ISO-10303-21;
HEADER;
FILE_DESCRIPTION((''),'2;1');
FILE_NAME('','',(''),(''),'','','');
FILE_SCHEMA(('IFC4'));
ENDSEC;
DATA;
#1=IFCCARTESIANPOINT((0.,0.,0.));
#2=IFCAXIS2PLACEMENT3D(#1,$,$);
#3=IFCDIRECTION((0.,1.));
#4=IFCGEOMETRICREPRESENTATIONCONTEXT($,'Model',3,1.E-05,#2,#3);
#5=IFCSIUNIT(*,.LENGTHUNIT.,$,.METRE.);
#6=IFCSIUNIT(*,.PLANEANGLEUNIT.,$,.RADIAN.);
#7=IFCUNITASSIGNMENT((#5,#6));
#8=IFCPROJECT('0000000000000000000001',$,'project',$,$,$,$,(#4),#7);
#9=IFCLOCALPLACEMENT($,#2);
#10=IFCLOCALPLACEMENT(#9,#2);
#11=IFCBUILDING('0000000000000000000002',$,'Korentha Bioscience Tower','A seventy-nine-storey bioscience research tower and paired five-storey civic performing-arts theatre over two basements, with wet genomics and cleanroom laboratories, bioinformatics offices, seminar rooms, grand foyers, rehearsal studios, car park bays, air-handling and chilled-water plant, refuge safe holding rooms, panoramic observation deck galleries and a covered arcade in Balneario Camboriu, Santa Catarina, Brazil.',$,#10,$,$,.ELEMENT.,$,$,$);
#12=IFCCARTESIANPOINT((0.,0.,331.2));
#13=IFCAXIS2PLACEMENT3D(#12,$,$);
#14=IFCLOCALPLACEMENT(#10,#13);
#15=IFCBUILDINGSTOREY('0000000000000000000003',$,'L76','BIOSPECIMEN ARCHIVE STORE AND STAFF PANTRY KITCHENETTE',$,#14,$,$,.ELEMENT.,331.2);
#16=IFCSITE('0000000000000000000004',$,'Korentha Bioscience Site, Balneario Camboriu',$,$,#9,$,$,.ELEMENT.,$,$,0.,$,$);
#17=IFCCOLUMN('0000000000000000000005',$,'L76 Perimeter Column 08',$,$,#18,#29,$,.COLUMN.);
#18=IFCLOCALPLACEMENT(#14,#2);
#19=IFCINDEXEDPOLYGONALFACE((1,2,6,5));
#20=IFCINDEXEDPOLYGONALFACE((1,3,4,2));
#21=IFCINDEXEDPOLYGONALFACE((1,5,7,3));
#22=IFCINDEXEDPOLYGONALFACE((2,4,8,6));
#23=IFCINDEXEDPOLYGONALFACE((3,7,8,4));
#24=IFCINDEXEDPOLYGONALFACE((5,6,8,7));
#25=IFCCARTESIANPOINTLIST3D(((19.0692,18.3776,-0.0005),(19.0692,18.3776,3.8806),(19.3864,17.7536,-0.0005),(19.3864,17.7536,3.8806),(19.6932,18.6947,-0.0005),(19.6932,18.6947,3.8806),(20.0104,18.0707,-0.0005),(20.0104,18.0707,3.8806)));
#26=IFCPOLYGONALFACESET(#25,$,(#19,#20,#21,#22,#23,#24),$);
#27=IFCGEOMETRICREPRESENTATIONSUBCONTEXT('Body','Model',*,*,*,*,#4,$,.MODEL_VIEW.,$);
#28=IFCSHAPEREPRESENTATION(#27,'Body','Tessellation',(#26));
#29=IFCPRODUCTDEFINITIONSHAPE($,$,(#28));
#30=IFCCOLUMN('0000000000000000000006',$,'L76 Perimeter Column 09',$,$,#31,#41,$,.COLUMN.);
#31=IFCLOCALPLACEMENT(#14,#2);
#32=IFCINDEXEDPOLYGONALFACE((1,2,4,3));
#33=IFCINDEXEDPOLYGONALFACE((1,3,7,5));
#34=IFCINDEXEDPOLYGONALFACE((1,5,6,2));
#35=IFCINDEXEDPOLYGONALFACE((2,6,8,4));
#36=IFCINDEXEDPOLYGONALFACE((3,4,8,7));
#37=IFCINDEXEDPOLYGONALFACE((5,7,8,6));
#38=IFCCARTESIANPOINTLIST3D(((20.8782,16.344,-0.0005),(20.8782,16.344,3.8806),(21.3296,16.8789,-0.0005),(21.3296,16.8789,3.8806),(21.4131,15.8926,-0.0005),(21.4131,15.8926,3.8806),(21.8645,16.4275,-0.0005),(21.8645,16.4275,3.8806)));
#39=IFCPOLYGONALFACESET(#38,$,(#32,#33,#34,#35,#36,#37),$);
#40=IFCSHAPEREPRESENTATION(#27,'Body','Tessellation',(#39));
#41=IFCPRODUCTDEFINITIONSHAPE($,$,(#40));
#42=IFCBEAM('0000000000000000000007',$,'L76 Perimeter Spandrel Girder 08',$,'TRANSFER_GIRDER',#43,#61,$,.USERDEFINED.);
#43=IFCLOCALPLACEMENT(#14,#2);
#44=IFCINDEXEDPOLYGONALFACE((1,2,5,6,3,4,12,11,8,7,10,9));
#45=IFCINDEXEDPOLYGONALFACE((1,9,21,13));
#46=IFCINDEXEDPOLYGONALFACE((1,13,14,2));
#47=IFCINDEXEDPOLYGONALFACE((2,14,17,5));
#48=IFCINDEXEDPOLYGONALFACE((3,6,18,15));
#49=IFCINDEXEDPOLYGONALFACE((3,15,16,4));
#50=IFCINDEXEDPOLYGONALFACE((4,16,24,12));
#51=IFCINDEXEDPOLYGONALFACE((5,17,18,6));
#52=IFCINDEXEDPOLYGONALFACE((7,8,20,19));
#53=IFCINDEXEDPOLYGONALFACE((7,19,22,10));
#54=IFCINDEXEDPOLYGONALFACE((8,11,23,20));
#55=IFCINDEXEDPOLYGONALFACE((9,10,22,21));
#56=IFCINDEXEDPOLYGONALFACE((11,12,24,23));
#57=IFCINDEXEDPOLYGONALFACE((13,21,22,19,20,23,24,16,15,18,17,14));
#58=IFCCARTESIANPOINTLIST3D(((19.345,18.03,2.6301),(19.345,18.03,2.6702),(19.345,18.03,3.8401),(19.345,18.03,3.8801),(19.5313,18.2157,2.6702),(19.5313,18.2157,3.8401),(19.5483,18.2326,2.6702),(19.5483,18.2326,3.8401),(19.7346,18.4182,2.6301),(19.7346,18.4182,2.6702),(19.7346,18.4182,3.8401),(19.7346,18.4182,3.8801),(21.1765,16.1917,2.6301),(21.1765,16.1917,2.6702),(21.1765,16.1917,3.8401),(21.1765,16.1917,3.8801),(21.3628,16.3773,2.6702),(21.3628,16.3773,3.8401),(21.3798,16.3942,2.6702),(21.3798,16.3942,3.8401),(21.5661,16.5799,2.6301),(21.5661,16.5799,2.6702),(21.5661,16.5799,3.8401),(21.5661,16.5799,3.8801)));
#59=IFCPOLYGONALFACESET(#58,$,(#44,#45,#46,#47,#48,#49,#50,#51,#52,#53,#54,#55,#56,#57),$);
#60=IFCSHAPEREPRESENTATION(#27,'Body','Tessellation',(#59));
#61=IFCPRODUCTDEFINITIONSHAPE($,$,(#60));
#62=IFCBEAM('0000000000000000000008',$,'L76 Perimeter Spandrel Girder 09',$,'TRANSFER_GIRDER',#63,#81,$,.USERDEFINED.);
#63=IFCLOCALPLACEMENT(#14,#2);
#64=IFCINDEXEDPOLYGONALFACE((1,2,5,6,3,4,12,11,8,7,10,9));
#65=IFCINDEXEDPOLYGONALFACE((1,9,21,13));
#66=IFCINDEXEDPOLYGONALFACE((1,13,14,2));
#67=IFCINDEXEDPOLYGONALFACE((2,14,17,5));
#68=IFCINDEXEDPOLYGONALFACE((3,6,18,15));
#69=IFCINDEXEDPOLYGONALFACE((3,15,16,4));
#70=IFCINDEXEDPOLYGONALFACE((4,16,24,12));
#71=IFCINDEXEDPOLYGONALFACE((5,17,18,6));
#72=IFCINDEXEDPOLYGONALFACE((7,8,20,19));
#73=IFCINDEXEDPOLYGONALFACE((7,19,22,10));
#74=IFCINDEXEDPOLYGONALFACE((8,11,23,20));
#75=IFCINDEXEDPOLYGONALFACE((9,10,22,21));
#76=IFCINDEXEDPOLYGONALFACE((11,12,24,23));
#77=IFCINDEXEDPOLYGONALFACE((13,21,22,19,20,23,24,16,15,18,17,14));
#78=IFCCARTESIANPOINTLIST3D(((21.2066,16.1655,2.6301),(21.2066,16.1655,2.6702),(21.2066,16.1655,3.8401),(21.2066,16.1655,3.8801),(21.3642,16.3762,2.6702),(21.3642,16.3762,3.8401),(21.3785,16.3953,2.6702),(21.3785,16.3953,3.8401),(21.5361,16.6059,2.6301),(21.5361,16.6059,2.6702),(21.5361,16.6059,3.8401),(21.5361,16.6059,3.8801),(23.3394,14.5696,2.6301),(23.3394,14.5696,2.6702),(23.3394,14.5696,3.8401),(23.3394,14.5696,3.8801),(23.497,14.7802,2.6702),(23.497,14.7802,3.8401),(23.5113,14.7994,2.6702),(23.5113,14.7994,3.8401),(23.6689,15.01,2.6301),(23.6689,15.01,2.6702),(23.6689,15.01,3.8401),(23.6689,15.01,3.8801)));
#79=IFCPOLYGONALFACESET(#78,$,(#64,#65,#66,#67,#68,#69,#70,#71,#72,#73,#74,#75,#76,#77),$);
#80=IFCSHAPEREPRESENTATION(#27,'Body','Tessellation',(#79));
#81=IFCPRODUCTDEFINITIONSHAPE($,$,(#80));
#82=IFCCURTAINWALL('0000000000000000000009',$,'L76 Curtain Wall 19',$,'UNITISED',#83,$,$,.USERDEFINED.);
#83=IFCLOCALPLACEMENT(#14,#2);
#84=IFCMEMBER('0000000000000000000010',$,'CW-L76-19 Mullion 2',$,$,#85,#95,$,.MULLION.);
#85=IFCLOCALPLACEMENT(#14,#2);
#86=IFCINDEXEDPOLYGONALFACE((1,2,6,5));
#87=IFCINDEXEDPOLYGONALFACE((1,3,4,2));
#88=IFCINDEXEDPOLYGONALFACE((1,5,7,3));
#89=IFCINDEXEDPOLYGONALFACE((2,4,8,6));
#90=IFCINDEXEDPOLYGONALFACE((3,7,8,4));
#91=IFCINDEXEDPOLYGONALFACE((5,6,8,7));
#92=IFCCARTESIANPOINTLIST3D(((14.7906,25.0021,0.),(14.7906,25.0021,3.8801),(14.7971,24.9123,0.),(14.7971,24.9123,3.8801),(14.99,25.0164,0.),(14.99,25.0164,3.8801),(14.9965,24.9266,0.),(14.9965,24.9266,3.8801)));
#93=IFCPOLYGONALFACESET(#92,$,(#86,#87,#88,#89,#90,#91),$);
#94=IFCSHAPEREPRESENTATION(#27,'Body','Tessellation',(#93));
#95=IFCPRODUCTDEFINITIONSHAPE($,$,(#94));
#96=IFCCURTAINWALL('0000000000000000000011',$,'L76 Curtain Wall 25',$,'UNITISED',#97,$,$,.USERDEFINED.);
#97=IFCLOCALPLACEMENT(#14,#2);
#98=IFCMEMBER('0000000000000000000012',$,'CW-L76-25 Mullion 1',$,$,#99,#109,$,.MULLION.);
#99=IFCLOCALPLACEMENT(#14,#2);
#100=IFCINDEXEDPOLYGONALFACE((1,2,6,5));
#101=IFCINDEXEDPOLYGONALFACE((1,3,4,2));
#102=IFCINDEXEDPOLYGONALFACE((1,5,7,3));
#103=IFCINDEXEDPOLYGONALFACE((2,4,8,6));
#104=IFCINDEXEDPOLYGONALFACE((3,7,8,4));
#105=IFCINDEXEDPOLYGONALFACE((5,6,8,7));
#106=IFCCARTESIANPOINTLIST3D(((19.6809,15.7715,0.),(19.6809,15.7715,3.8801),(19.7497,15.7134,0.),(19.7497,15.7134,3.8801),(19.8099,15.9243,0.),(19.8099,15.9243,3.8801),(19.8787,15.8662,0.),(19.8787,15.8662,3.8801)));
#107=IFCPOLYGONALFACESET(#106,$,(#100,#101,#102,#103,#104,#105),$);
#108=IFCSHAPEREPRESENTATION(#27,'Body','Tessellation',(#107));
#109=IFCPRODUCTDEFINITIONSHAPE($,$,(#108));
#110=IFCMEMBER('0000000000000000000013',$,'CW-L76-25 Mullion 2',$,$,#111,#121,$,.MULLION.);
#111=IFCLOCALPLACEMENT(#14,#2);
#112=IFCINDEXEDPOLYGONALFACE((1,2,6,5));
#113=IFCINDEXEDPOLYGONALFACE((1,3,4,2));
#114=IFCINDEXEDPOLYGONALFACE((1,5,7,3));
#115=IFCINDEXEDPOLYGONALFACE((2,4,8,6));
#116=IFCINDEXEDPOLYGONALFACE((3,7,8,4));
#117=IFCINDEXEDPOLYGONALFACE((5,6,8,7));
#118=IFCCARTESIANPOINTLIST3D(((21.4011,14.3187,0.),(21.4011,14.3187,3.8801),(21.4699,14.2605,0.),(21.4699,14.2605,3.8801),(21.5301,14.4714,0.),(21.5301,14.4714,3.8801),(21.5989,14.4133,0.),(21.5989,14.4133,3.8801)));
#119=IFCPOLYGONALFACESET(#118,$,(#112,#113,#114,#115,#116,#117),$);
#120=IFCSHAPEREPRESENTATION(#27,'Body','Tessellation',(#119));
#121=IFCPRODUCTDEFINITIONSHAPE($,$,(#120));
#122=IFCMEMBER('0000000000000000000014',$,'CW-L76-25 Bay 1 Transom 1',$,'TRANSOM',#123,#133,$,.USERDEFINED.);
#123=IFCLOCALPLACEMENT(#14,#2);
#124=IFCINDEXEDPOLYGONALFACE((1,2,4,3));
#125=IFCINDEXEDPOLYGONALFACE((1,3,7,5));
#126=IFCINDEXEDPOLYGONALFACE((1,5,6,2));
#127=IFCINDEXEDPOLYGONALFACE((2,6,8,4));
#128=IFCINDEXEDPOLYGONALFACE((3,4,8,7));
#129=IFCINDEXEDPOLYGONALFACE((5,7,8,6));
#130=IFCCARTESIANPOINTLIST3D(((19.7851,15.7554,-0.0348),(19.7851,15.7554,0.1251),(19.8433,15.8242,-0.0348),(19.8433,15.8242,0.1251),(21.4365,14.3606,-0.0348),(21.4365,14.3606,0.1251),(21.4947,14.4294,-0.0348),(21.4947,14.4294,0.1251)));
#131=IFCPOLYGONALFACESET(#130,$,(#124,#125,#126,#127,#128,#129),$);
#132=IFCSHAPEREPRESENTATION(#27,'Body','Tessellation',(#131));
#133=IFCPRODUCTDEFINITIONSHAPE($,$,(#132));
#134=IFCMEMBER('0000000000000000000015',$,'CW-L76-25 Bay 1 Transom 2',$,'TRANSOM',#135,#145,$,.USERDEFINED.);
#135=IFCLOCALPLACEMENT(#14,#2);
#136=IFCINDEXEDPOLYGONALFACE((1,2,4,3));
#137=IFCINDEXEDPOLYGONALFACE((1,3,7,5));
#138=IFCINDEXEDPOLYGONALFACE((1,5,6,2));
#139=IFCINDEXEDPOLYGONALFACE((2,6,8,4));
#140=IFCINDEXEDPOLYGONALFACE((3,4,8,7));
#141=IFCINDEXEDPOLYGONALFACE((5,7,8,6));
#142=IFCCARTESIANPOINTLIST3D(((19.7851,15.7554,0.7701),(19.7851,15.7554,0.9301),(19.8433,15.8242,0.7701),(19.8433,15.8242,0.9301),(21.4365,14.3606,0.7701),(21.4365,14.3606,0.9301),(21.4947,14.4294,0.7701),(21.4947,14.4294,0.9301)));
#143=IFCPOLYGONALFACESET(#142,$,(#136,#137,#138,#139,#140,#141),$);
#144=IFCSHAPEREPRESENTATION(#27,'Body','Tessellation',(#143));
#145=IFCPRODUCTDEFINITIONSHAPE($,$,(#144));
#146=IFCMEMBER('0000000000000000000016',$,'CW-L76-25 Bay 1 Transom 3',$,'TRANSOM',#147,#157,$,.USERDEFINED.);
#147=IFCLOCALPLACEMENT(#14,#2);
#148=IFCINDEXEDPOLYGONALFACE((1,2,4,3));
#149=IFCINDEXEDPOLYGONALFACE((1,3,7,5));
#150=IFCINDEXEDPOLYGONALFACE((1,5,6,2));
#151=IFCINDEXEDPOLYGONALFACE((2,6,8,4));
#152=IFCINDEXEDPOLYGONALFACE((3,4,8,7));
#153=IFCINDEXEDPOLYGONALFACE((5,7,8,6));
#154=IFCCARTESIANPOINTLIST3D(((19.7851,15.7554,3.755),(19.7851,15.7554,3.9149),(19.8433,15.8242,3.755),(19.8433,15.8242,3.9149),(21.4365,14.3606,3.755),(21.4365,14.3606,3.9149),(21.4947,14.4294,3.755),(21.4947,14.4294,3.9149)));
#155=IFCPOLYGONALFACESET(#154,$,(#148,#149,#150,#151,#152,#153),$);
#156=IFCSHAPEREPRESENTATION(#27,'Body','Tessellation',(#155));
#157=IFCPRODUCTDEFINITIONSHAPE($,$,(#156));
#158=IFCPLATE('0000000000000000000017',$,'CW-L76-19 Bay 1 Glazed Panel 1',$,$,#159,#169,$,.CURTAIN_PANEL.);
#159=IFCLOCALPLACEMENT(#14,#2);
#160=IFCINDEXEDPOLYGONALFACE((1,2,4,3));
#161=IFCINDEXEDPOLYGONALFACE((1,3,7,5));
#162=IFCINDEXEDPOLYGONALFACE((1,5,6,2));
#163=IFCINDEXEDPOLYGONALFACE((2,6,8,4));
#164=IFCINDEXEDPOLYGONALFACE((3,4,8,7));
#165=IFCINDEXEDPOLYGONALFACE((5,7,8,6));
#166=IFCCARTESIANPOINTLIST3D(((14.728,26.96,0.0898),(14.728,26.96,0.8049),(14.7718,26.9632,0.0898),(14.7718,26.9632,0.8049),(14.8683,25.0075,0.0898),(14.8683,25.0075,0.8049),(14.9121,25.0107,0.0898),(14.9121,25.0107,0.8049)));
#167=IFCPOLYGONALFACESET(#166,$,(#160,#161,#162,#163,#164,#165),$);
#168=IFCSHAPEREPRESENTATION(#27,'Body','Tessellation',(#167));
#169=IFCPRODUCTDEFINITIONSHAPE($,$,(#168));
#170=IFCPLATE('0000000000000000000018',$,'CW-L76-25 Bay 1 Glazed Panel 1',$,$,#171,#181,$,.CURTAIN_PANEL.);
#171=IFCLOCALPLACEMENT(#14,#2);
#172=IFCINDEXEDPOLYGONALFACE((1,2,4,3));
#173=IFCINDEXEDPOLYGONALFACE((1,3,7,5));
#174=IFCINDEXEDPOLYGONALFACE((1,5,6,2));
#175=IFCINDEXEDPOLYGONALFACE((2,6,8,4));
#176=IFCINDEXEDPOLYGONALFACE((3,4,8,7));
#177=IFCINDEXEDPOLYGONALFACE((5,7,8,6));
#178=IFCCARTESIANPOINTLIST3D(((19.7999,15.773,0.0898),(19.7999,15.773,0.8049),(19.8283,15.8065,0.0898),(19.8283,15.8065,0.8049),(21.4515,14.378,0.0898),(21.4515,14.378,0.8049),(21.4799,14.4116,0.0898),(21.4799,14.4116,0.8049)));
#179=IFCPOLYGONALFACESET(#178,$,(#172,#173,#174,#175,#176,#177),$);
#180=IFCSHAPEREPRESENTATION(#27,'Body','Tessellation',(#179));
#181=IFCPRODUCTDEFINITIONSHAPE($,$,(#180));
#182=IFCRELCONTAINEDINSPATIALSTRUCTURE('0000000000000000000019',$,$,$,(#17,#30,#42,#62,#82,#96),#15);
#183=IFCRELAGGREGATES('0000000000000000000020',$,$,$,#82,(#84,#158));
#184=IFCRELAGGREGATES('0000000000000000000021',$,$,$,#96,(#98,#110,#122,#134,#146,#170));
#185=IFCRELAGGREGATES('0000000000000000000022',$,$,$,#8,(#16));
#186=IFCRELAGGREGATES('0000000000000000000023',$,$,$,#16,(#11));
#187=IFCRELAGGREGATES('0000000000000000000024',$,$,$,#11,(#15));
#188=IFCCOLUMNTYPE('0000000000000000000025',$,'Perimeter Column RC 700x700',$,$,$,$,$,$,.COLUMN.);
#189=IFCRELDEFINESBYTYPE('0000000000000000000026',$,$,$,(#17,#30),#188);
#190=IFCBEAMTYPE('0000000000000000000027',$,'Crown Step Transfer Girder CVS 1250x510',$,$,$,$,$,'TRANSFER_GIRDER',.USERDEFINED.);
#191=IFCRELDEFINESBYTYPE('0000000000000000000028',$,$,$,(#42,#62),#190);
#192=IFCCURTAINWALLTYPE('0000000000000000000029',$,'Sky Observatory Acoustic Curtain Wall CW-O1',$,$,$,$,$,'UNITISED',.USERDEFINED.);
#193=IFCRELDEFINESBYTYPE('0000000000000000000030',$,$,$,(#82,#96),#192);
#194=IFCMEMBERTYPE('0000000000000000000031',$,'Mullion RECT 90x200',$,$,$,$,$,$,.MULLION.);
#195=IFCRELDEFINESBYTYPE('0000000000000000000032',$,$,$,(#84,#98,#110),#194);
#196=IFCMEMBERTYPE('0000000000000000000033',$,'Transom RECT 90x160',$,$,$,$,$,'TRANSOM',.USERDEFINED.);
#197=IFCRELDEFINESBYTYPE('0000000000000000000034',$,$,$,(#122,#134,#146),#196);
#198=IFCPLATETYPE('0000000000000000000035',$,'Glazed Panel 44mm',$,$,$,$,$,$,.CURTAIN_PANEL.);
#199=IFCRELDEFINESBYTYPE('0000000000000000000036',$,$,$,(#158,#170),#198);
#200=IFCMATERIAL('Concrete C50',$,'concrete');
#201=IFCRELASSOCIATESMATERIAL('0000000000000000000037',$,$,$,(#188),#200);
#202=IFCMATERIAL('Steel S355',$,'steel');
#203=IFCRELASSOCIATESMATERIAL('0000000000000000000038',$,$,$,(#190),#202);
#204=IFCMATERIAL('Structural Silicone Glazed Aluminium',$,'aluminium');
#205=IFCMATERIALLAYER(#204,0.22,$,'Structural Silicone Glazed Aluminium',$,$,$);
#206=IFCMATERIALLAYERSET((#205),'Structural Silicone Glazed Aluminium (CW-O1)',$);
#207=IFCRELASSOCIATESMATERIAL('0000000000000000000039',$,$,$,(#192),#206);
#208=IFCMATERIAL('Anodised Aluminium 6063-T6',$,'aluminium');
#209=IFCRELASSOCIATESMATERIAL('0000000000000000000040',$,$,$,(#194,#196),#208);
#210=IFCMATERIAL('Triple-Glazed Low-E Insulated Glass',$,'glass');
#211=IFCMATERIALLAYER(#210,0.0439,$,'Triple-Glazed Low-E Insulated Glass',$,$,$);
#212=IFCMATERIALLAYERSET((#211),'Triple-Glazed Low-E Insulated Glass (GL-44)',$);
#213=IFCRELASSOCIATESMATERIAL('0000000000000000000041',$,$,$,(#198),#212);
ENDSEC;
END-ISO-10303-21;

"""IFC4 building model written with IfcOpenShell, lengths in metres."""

from ifc_helpers import new_model, si_unit, direction, frame, origin, origin_2d, place, context, subcontext, project, spatial, rectangle, i_section, extrude, material, layer, layer_set, material_profile, profile_set, type_object, element, aggregate, save


model = new_model("IFC4")

# Units and contexts
model_context = context("Model", 3, precision=1e-05, world=origin(), true_north=direction((0.0, 1.0)))
body_context = subcontext(model_context, "Body", "Model", "MODEL_VIEW")
ifc_project = project(units=[si_unit("LENGTHUNIT", "METRE"), si_unit("PLANEANGLEUNIT", "RADIAN")], contexts=[model_context])

# Site, building, storey
site_placement = place(None, origin())
site = spatial("IfcSite", under=ifc_project, at=site_placement, Name="Korentha Bioscience Site, Balneario Camboriu", CompositionType="ELEMENT", RefElevation=0.0)
building_placement = place(site_placement, origin())
building = spatial("IfcBuilding", under=site, at=building_placement, Name="Korentha Bioscience Tower", Description="A seventy-nine-storey bioscience research tower and paired five-storey civic performing-arts theatre over two basements, with wet genomics and cleanroom laboratories, bioinformatics offices, seminar rooms, grand foyers, rehearsal studios, car park bays, air-handling and chilled-water plant, refuge safe holding rooms, panoramic observation deck galleries and a covered arcade in Balneario Camboriu, Santa Catarina, Brazil.", CompositionType="ELEMENT")
storey_placement = place(building_placement, frame((0.0, 0.0, 331.2)))
storey = spatial("IfcBuildingStorey", under=building, at=storey_placement, Name="L76", Description="BIOSPECIMEN ARCHIVE STORE AND STAFF PANTRY KITCHENETTE", CompositionType="ELEMENT", Elevation=331.2)

# Columns
ifc_material_1 = material(Name="Concrete C50", Category="concrete")
ifc_material_profile_1 = material_profile(ifc_material_1, rectangle(XDim=0.7, YDim=0.7, at=origin_2d()), Name="Concrete C50")
ifc_profile_set_1 = profile_set([ifc_material_profile_1], Name="Concrete C50 (COL-P07)")
column_type = type_object("IfcColumnType", Name="Perimeter Column RC 700x700", PredefinedType="COLUMN", material=ifc_profile_set_1)
for number, where, z_axis, x_axis, name in (
    (1, (19.5398, 18.2241, -0.0005), (0.0, 0.0, 1.0), (-0.453057, 0.891481, 0.0), "L76 Perimeter Column 08"),
    (2, (21.3713, 16.3857, -0.0005), (0.0, 0.0, 1.0), (-0.764246, 0.644924, 0.0), "L76 Perimeter Column 09"),
):
    element("IfcColumn", number, at=place(storey_placement, frame(where, z_axis=z_axis, x_axis=x_axis)), inside=storey, type_object=column_type, Name=name, PredefinedType="COLUMN", context=body_context, shape_type="SweptSolid", body=[
        extrude(rectangle(XDim=0.7, YDim=0.7, at=origin_2d()), origin(), (0.0, 0.0, 1.0), 3.8811),
    ])

# Beams
ifc_material_2 = material(Name="Steel S355", Category="steel")
ifc_material_profile_2 = material_profile(ifc_material_2, i_section(OverallWidth=0.55, OverallDepth=1.25, WebThickness=0.0239, FlangeThickness=0.04, at=origin_2d()), Name="Steel S355")
ifc_profile_set_2 = profile_set([ifc_material_profile_2], Name="Steel S355 (TG-03)")
beam_type = type_object("IfcBeamType", Name="Crown Step Transfer Girder CVS 1250x510", ElementType="TRANSFER_GIRDER", PredefinedType="USERDEFINED", material=ifc_profile_set_2)
beam_1_placement = place(storey_placement, frame((19.5398, 18.2241, 3.2551), z_axis=(0.705788, -0.708423, 0.0), x_axis=(0.708423, 0.705788, 0.0)))
element("IfcBeam", 3, at=beam_1_placement, inside=storey, type_object=beam_type, Name="L76 Perimeter Spandrel Girder 08", ObjectType="TRANSFER_GIRDER", PredefinedType="USERDEFINED", context=body_context, shape_type="SweptSolid", body=[
    extrude(i_section(OverallWidth=0.55, OverallDepth=1.25, WebThickness=0.0239, FlangeThickness=0.04, at=origin_2d()), origin(), (0.0, 0.0, 1.0), 2.595),
])
beam_2_placement = place(storey_placement, frame((21.3713, 16.3857, 3.2551), z_axis=(0.800659, -0.59912, 0.0), x_axis=(0.59912, 0.800659, 0.0)))
element("IfcBeam", 4, at=beam_2_placement, inside=storey, type_object=beam_type, Name="L76 Perimeter Spandrel Girder 09", ObjectType="TRANSFER_GIRDER", PredefinedType="USERDEFINED", context=body_context, shape_type="SweptSolid", body=[
    extrude(i_section(OverallWidth=0.55, OverallDepth=1.25, WebThickness=0.0239, FlangeThickness=0.04, at=origin_2d()), origin(), (0.0, 0.0, 1.0), 2.6638),
])

# Curtain wall, member
ifc_material_3 = material(Name="Structural Silicone Glazed Aluminium", Category="aluminium")
ifc_layer_1 = layer(ifc_material_3, 0.22, Name="Structural Silicone Glazed Aluminium")
ifc_layer_set_1 = layer_set([ifc_layer_1], Name="Structural Silicone Glazed Aluminium (CW-O1)")
curtain_wall_type = type_object("IfcCurtainWallType", Name="Sky Observatory Acoustic Curtain Wall CW-O1", ElementType="UNITISED", PredefinedType="USERDEFINED", material=ifc_layer_set_1)
curtain_wall_1_placement = place(storey_placement, origin())
curtain_wall_1 = element("IfcCurtainWall", 5, at=curtain_wall_1_placement, inside=storey, type_object=curtain_wall_type, Name="L76 Curtain Wall 19", ObjectType="UNITISED", PredefinedType="USERDEFINED")
ifc_material_4 = material(Name="Anodised Aluminium 6063-T6", Category="aluminium")
ifc_material_profile_3 = material_profile(ifc_material_4, rectangle(XDim=0.0901, YDim=0.2, at=origin_2d()), Name="Anodised Aluminium 6063-T6")
ifc_profile_set_3 = profile_set([ifc_material_profile_3], Name="Anodised Aluminium 6063-T6 (CW-MUL)")
member_type_1 = type_object("IfcMemberType", Name="Mullion RECT 90x200", PredefinedType="MULLION", material=ifc_profile_set_3)
member_1_placement = place(storey_placement, frame((14.8936, 24.9644, 0.0), z_axis=(0.0, 0.0, 1.0), x_axis=(0.071673, -0.997428, 0.0)))
member_1 = element("IfcMember", 6, at=member_1_placement, type_object=member_type_1, Name="CW-L76-19 Mullion 2", PredefinedType="MULLION", context=body_context, shape_type="SweptSolid", body=[
    extrude(rectangle(XDim=0.0901, YDim=0.2, at=origin_2d()), origin(), (0.0, 0.0, 1.0), 3.8801),
])

# Curtain wall, members
curtain_wall_2_placement = place(storey_placement, origin())
curtain_wall_2 = element("IfcCurtainWall", 7, at=curtain_wall_2_placement, inside=storey, type_object=curtain_wall_type, Name="L76 Curtain Wall 25", ObjectType="UNITISED", PredefinedType="USERDEFINED")
member_2_placement = place(storey_placement, frame((19.7798, 15.8188, 0.0), z_axis=(0.0, 0.0, 1.0), x_axis=(0.763987, -0.645232, 0.0)))
member_2 = element("IfcMember", 8, at=member_2_placement, type_object=member_type_1, Name="CW-L76-25 Mullion 1", PredefinedType="MULLION", context=body_context, shape_type="SweptSolid", body=[
    extrude(rectangle(XDim=0.0901, YDim=0.2, at=origin_2d()), origin(), (0.0, 0.0, 1.0), 3.8801),
])
member_3_placement = place(storey_placement, frame((21.5, 14.366, 0.0), z_axis=(0.0, 0.0, 1.0), x_axis=(0.763987, -0.645232, 0.0)))
member_3 = element("IfcMember", 9, at=member_3_placement, type_object=member_type_1, Name="CW-L76-25 Mullion 2", PredefinedType="MULLION", context=body_context, shape_type="SweptSolid", body=[
    extrude(rectangle(XDim=0.0901, YDim=0.2, at=origin_2d()), origin(), (0.0, 0.0, 1.0), 3.8801),
])
ifc_material_profile_4 = material_profile(ifc_material_4, rectangle(XDim=0.0901, YDim=0.1599, at=origin_2d()), Name="Anodised Aluminium 6063-T6")
ifc_profile_set_4 = profile_set([ifc_material_profile_4], Name="Anodised Aluminium 6063-T6 (CW-TRN)")
member_type_2 = type_object("IfcMemberType", Name="Transom RECT 90x160", ElementType="TRANSOM", PredefinedType="USERDEFINED", material=ifc_profile_set_4)
member_4_placement = place(storey_placement, frame((19.8142, 15.7898, 0.0452), z_axis=(0.763964, -0.645258, 0.0), x_axis=(0.645258, 0.763964, 0.0)))
member_4 = element("IfcMember", 10, at=member_4_placement, type_object=member_type_2, Name="CW-L76-25 Bay 1 Transom 1", ObjectType="TRANSOM", PredefinedType="USERDEFINED", context=body_context, shape_type="SweptSolid", body=[
    extrude(rectangle(XDim=0.0901, YDim=0.1599, at=origin_2d()), origin(), (0.0, 0.0, 1.0), 2.1616),
])
member_5_placement = place(storey_placement, frame((19.8142, 15.7898, 0.8501), z_axis=(0.763964, -0.645258, 0.0), x_axis=(0.645258, 0.763964, 0.0)))
member_5 = element("IfcMember", 11, at=member_5_placement, type_object=member_type_2, Name="CW-L76-25 Bay 1 Transom 2", ObjectType="TRANSOM", PredefinedType="USERDEFINED", context=body_context, shape_type="SweptSolid", body=[
    extrude(rectangle(XDim=0.0901, YDim=0.1599, at=origin_2d()), origin(), (0.0, 0.0, 1.0), 2.1616),
])
member_6_placement = place(storey_placement, frame((19.8142, 15.7898, 3.835), z_axis=(0.763964, -0.645258, 0.0), x_axis=(0.645258, 0.763964, 0.0)))
member_6 = element("IfcMember", 12, at=member_6_placement, type_object=member_type_2, Name="CW-L76-25 Bay 1 Transom 3", ObjectType="TRANSOM", PredefinedType="USERDEFINED", context=body_context, shape_type="SweptSolid", body=[
    extrude(rectangle(XDim=0.0901, YDim=0.1599, at=origin_2d()), origin(), (0.0, 0.0, 1.0), 2.1616),
])

# Plates
ifc_material_5 = material(Name="Triple-Glazed Low-E Insulated Glass", Category="glass")
ifc_layer_2 = layer(ifc_material_5, 0.0439, Name="Triple-Glazed Low-E Insulated Glass")
ifc_layer_set_2 = layer_set([ifc_layer_2], Name="Triple-Glazed Low-E Insulated Glass (GL-44)")
plate_type = type_object("IfcPlateType", Name="Glazed Panel 44mm", PredefinedType="CURTAIN_PANEL", material=ifc_layer_set_2)
plate_1_placement = place(storey_placement, frame((14.8201, 25.9854, 0.0898), z_axis=(0.0, 0.0, 1.0), x_axis=(0.071673, -0.997428, 0.0)))
plate_1 = element("IfcPlate", 13, at=plate_1_placement, type_object=plate_type, Name="CW-L76-19 Bay 1 Glazed Panel 1", PredefinedType="CURTAIN_PANEL", context=body_context, shape_type="SweptSolid", body=[
    extrude(rectangle(XDim=1.9575, YDim=0.0439, at=origin_2d()), origin(), (0.0, 0.0, 1.0), 0.7151),
])
aggregate(curtain_wall_1, [member_1, plate_1])
plate_2_placement = place(storey_placement, frame((20.6399, 15.0923, 0.0898), z_axis=(0.0, 0.0, 1.0), x_axis=(0.763987, -0.645232, 0.0)))
plate_2 = element("IfcPlate", 14, at=plate_2_placement, type_object=plate_type, Name="CW-L76-25 Bay 1 Glazed Panel 1", PredefinedType="CURTAIN_PANEL", context=body_context, shape_type="SweptSolid", body=[
    extrude(rectangle(XDim=2.1619, YDim=0.0439, at=origin_2d()), origin(), (0.0, 0.0, 1.0), 0.7151),
])
aggregate(curtain_wall_2, [member_2, member_3, member_4, member_5, member_6, plate_2])

save(model, "model.ifc")
